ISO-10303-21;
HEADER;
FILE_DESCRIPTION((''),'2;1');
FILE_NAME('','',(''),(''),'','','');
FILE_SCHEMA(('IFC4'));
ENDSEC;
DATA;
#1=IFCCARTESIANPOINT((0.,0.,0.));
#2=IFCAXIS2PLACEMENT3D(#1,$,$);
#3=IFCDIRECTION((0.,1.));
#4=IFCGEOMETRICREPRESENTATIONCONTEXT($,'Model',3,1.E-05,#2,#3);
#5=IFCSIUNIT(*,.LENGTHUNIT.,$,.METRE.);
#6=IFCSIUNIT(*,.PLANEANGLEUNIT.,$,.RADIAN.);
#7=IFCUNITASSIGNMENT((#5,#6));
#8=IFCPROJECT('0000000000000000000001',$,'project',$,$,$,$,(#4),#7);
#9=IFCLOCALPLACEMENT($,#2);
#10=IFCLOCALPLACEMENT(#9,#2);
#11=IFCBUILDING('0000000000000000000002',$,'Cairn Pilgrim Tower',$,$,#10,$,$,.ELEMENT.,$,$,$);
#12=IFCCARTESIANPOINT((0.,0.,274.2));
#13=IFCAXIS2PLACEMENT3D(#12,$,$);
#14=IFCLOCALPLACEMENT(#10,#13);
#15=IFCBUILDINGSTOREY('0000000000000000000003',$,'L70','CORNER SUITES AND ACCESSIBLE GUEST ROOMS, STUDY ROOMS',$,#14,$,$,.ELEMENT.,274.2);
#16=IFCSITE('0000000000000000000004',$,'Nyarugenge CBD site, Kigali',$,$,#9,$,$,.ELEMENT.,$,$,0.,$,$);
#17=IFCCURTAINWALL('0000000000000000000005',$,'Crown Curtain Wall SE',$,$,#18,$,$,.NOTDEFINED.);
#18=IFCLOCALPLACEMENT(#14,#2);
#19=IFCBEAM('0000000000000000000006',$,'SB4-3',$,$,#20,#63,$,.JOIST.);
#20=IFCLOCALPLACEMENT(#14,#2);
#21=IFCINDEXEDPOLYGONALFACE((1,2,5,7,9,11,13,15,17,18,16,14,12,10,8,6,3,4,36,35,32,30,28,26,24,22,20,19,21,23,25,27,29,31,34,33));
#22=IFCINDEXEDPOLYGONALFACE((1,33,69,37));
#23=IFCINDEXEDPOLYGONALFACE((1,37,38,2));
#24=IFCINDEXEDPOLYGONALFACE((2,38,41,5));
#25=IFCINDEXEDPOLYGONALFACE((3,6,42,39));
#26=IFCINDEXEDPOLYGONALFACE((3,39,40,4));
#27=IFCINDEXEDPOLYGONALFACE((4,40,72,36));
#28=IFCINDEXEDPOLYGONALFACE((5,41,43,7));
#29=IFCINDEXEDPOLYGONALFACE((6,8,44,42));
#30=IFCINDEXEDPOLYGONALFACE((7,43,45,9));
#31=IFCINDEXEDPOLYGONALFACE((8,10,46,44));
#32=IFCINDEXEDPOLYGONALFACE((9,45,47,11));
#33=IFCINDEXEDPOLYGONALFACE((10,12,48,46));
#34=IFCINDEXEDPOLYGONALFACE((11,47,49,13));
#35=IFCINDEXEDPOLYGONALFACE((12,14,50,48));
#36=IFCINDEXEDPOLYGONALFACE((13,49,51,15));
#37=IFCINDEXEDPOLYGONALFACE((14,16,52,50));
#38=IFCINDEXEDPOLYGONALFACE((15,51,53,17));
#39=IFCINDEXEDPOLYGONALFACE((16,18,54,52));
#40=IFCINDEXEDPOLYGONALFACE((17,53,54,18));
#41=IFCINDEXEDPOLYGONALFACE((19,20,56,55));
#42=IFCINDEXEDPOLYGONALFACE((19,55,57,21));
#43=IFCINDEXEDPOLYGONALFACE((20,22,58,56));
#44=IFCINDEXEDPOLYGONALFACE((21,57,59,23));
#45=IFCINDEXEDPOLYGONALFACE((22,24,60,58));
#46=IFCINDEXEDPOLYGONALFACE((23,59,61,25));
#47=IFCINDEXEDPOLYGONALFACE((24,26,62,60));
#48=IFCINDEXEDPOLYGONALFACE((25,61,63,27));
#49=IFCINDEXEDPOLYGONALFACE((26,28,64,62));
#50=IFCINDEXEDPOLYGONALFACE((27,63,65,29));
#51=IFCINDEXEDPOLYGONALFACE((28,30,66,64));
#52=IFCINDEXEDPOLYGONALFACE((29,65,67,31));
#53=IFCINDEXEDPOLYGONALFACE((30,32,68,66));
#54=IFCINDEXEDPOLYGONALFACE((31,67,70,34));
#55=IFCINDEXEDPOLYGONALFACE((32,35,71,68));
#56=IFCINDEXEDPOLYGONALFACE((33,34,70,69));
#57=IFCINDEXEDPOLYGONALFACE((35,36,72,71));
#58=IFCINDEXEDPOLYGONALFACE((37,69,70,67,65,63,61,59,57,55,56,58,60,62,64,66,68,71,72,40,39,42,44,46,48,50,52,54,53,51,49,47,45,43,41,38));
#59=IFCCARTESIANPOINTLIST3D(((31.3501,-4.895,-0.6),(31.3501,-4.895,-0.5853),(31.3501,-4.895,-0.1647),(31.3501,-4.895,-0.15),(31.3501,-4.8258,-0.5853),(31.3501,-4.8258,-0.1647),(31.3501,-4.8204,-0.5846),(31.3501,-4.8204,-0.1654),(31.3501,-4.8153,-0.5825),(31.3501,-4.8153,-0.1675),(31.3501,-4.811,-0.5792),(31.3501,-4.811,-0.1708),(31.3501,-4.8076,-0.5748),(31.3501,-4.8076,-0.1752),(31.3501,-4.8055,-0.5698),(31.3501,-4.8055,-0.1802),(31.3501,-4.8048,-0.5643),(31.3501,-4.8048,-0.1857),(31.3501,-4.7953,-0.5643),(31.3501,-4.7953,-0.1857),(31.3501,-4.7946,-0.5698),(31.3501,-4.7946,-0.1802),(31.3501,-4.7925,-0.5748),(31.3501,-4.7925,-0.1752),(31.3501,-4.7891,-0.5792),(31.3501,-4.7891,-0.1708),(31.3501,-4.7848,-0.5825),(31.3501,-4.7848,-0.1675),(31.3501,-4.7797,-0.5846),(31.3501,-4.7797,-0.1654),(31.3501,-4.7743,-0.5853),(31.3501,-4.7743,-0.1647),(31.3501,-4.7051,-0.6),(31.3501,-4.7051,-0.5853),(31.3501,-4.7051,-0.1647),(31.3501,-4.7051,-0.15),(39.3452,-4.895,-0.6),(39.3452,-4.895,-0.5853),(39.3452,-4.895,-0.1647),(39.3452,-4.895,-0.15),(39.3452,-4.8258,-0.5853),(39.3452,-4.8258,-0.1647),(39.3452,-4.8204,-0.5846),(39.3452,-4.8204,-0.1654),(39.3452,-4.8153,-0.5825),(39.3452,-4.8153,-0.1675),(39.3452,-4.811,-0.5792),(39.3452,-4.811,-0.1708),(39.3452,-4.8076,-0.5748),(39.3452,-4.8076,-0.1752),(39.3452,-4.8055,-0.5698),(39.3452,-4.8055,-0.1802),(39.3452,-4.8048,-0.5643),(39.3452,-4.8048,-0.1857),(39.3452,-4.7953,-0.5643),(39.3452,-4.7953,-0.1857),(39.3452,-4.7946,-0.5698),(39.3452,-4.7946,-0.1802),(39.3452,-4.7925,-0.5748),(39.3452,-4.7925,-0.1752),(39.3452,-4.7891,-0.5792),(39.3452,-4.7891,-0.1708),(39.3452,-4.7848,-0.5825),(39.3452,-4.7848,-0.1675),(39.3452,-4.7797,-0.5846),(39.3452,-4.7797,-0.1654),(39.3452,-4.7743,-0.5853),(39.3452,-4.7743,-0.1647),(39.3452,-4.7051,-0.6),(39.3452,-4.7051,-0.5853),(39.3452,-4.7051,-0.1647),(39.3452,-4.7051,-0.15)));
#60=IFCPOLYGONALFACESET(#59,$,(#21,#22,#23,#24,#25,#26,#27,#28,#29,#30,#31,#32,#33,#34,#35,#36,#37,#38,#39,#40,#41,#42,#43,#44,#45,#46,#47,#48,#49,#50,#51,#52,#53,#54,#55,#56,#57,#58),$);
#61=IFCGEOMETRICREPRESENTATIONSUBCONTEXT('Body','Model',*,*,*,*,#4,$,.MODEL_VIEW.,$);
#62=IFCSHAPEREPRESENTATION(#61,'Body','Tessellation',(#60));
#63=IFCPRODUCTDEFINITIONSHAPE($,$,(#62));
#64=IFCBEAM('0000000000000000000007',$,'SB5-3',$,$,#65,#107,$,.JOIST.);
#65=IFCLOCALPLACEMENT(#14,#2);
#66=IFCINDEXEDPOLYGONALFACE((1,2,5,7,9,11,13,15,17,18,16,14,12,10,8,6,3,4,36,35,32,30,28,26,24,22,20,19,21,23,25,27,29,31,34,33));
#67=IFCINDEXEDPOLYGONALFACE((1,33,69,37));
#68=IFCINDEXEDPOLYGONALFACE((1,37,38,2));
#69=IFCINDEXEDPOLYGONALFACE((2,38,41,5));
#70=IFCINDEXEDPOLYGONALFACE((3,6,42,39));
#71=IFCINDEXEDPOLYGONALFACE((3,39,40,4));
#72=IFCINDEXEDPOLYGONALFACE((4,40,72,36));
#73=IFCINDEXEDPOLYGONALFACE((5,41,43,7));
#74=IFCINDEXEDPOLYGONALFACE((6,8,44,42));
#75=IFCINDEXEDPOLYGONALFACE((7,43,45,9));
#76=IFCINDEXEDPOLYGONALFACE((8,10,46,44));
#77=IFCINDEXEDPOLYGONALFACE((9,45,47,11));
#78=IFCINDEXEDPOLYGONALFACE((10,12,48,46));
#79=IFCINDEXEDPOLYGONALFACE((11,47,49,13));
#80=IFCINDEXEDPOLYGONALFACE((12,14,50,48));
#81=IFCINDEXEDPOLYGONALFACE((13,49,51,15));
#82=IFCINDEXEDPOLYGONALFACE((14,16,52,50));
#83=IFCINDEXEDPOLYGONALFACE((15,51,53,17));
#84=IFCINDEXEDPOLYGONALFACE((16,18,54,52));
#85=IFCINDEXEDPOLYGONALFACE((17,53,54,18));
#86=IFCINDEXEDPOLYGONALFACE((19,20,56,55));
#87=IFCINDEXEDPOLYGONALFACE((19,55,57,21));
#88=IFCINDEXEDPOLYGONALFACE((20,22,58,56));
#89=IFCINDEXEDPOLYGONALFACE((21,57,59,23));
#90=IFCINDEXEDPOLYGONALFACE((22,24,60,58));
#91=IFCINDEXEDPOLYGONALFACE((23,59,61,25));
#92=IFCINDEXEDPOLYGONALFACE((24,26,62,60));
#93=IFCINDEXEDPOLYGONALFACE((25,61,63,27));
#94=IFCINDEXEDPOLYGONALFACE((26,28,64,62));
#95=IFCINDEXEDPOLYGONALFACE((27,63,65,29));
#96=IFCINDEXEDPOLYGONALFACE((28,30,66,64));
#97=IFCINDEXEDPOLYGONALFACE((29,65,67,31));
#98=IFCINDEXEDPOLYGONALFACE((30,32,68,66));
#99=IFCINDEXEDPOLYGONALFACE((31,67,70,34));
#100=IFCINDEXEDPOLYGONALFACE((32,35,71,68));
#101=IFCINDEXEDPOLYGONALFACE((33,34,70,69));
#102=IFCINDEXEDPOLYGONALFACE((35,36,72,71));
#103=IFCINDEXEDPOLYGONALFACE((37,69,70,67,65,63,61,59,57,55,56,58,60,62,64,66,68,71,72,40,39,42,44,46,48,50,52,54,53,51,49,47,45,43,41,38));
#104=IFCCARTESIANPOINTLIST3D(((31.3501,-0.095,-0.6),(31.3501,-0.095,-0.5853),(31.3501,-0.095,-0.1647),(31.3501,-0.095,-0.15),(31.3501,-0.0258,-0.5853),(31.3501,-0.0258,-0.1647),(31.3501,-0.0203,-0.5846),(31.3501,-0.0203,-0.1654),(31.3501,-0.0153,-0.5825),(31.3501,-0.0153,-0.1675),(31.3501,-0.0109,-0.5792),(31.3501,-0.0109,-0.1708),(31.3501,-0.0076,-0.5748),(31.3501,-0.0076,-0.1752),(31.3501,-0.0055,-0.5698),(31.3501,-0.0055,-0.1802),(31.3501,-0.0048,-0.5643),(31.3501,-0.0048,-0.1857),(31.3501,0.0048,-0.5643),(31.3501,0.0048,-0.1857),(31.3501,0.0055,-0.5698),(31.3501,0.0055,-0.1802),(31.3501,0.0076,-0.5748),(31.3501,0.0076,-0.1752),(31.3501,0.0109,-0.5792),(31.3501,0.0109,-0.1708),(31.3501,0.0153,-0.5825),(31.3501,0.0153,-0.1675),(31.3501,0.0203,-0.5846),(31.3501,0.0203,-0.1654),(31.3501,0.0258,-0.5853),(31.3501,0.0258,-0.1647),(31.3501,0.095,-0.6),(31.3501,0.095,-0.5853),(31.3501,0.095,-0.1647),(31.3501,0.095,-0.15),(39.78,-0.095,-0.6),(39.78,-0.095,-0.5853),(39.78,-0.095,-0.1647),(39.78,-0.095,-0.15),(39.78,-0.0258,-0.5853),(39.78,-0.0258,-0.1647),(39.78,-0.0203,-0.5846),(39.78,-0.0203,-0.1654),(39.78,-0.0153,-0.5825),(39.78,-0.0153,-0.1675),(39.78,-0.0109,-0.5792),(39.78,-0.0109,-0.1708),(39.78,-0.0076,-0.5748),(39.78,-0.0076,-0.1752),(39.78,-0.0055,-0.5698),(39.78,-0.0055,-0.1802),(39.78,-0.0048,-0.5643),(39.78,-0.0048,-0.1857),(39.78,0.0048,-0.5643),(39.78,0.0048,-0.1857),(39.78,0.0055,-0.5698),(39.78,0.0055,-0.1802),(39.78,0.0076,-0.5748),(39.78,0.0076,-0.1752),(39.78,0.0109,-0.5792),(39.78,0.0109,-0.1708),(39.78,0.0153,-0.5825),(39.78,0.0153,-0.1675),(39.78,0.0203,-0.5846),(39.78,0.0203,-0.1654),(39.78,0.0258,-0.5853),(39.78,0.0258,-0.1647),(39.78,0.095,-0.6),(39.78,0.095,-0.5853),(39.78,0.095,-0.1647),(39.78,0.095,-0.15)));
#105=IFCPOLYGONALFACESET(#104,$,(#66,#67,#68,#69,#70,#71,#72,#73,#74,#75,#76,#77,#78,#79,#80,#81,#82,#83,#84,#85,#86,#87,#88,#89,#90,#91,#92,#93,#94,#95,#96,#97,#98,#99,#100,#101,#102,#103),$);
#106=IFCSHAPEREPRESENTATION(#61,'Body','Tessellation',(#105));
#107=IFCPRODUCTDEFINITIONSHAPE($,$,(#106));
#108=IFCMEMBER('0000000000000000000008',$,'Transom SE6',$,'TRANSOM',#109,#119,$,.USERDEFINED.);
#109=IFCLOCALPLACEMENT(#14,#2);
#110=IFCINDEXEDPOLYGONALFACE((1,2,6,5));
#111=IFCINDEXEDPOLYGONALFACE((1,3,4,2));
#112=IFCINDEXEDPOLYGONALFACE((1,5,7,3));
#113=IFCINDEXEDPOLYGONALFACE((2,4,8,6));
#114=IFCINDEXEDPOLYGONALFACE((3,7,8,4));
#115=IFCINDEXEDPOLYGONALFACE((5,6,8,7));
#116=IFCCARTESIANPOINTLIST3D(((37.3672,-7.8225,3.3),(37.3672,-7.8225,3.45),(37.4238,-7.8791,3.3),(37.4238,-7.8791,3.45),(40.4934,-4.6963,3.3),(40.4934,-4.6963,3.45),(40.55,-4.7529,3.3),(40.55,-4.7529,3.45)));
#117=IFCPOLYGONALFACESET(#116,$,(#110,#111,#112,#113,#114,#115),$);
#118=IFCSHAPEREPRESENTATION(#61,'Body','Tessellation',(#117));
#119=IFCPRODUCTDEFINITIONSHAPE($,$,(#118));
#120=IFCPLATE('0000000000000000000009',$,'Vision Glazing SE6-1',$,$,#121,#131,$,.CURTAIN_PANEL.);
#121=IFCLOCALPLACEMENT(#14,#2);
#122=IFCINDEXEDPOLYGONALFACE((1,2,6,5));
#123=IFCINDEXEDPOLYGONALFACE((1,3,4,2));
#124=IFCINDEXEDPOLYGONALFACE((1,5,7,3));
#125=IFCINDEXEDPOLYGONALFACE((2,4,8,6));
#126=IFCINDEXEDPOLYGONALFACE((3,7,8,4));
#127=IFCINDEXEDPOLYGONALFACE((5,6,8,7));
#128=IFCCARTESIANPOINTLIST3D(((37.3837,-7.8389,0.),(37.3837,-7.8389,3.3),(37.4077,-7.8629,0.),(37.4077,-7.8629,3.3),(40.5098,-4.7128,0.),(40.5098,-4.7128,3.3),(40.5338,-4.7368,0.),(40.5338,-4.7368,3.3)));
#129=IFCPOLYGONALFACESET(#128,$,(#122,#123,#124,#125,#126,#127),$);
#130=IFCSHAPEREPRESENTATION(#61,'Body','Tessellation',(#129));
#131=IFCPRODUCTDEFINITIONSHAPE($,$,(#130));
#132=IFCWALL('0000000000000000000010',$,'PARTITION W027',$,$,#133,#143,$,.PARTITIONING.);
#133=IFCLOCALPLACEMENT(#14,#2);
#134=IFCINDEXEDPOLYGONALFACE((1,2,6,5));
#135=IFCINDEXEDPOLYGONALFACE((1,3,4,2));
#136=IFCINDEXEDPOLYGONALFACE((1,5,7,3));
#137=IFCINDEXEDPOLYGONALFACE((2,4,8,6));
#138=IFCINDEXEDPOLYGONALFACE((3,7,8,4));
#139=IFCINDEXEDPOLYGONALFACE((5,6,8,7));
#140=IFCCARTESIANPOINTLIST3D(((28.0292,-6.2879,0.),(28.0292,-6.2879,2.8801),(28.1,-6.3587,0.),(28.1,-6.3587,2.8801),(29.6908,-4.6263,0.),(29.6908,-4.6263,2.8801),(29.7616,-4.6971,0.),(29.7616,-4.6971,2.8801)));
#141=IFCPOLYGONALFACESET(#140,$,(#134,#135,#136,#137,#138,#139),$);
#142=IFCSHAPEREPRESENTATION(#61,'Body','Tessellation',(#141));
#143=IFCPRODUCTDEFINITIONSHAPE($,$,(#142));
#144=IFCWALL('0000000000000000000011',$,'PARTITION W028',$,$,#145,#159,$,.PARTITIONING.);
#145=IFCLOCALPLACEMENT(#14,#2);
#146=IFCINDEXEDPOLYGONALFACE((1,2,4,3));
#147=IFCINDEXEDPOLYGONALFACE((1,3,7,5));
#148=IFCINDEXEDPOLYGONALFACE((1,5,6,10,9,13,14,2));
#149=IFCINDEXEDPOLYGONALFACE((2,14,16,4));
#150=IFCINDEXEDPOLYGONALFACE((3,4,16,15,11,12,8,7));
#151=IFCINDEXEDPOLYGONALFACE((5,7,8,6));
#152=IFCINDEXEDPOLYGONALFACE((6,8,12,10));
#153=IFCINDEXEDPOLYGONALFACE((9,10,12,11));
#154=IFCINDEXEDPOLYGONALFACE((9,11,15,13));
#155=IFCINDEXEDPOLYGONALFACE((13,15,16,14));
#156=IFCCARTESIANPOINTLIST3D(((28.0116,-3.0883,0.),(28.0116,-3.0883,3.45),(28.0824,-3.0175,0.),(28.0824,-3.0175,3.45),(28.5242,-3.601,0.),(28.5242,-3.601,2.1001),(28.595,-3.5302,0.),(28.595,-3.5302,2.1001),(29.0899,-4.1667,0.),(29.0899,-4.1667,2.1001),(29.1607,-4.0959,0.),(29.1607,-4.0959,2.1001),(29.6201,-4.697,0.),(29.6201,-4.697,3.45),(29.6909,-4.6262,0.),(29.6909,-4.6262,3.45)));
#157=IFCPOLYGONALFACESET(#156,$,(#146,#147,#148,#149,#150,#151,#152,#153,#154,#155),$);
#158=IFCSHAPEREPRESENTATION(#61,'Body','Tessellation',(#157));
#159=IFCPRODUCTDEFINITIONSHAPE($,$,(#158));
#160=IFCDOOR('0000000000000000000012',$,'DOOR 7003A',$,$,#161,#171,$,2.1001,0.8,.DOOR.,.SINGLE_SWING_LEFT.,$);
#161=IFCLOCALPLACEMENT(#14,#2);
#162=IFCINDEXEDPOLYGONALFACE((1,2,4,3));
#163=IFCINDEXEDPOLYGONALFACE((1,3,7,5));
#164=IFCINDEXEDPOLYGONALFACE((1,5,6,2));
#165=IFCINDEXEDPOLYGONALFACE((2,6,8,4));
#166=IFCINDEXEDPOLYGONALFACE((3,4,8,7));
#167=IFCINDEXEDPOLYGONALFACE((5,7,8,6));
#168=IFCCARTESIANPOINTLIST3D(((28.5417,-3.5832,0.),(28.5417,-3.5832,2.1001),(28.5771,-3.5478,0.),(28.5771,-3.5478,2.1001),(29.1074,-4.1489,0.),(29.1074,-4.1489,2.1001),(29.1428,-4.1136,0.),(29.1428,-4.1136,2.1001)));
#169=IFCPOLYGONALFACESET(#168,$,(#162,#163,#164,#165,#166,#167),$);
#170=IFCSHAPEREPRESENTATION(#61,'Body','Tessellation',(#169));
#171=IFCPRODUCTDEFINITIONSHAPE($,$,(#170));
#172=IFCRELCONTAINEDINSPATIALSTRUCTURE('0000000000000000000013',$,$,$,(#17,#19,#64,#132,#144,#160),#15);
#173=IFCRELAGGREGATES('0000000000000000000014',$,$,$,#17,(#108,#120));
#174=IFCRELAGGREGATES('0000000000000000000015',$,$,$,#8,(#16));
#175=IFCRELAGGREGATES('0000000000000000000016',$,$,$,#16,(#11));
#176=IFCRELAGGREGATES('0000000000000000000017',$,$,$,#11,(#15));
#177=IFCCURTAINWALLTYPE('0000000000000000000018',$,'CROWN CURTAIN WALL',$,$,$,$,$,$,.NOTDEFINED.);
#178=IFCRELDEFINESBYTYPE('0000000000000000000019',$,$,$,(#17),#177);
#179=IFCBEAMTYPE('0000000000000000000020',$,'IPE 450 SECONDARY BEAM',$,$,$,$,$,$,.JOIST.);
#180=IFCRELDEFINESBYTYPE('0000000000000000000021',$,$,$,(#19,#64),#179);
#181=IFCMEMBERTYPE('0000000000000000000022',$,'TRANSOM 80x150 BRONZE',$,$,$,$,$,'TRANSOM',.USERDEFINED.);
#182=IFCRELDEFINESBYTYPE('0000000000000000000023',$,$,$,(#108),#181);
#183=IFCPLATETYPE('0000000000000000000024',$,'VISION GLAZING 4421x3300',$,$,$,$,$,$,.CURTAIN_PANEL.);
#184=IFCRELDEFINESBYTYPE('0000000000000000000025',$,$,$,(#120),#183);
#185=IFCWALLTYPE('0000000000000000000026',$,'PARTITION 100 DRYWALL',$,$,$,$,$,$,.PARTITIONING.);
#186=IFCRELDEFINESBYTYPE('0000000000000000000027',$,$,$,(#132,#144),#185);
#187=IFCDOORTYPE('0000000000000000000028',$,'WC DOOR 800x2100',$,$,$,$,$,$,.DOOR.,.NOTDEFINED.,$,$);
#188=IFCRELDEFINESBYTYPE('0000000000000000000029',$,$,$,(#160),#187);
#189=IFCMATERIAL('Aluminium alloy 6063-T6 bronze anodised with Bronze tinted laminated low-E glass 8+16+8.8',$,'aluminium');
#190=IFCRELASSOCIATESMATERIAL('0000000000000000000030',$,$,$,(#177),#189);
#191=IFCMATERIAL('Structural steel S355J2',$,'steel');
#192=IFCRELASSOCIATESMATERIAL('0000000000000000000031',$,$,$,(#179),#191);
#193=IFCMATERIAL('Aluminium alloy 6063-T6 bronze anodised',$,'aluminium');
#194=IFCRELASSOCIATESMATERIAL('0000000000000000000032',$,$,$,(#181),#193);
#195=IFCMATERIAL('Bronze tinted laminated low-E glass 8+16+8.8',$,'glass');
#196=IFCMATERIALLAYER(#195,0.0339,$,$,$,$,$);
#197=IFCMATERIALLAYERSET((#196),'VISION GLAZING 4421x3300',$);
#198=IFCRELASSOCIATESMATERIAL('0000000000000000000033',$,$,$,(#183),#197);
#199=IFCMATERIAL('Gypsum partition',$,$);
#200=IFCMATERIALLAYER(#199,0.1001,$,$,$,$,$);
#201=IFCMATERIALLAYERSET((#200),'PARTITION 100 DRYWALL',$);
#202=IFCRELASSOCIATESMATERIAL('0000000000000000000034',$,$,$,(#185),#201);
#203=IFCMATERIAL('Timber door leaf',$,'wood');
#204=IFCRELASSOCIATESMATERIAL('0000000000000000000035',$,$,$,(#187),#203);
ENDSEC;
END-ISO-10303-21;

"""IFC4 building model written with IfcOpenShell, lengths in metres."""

from ifc_helpers import new_model, si_unit, direction, frame, frame_2d, origin, origin_2d, place, context, subcontext, project, spatial, rectangle, i_section, extrude, material, layer, layer_set, material_profile, profile_set, type_object, element, fill, aggregate, save


model = new_model("IFC4")

# Units and contexts
model_context = context("Model", 3, precision=1e-05, world=origin(), true_north=direction((0.0, 1.0)))
body_context = subcontext(model_context, "Body", "Model", "MODEL_VIEW")
ifc_project = project(units=[si_unit("LENGTHUNIT", "METRE"), si_unit("PLANEANGLEUNIT", "RADIAN")], contexts=[model_context])

# Site, building, storey
site_placement = place(None, origin())
site = spatial("IfcSite", under=ifc_project, at=site_placement, Name="Nyarugenge CBD site, Kigali", CompositionType="ELEMENT", RefElevation=0.0)
building_placement = place(site_placement, origin())
building = spatial("IfcBuilding", under=site, at=building_placement, Name="Cairn Pilgrim Tower", CompositionType="ELEMENT")
storey_placement = place(building_placement, frame((0.0, 0.0, 274.2)))
storey = spatial("IfcBuildingStorey", under=building, at=storey_placement, Name="L70", Description="CORNER SUITES AND ACCESSIBLE GUEST ROOMS, STUDY ROOMS", CompositionType="ELEMENT", Elevation=274.2)

# Shared definitions
ifc_material_1 = material(Name="Structural steel S355J2", Category="steel")

# Curtain wall
ifc_material_2 = material(Name="Aluminium alloy 6063-T6 bronze anodised with Bronze tinted laminated low-E glass 8+16+8.8", Category="aluminium")
curtain_wall_type = type_object("IfcCurtainWallType", Name="CROWN CURTAIN WALL", PredefinedType="NOTDEFINED", material=ifc_material_2)
curtain_wall_1_placement = place(storey_placement, origin())
curtain_wall_1 = element("IfcCurtainWall", 1, at=curtain_wall_1_placement, inside=storey, type_object=curtain_wall_type, Name="Crown Curtain Wall SE", PredefinedType="NOTDEFINED")
ifc_material_3 = material(Name="Aluminium alloy 6063-T6 bronze anodised", Category="aluminium")

# Beams
ifc_material_profile_1 = material_profile(ifc_material_1, i_section(OverallWidth=0.1899, OverallDepth=0.45, WebThickness=0.0095, FlangeThickness=0.0146, FilletRadius=0.021, at=origin_2d()), Name="IPE 450")
ifc_profile_set_1 = profile_set([ifc_material_profile_1], Name="Structural steel S355J2")
beam_type_1 = type_object("IfcBeamType", Name="IPE 450 SECONDARY BEAM", PredefinedType="JOIST", material=ifc_profile_set_1)
beam_1_placement = place(storey_placement, frame((31.3501, -4.8, -0.375), z_axis=(1.0, 0.0, 0.0), x_axis=(0.0, 1.0, 0.0)))
element("IfcBeam", 2, at=beam_1_placement, inside=storey, type_object=beam_type_1, Name="SB4-3", PredefinedType="JOIST", context=body_context, shape_type="SweptSolid", body=[
    extrude(i_section(OverallWidth=0.1899, OverallDepth=0.45, WebThickness=0.0095, FlangeThickness=0.0146, FilletRadius=0.021, at=origin_2d()), origin(), (0.0, 0.0, 1.0), 7.9951),
])
beam_2_placement = place(storey_placement, frame((31.3501, 0.0, -0.375), z_axis=(1.0, 0.0, 0.0), x_axis=(0.0, 1.0, 0.0)))
element("IfcBeam", 3, at=beam_2_placement, inside=storey, type_object=beam_type_1, Name="SB5-3", PredefinedType="JOIST", context=body_context, shape_type="SweptSolid", body=[
    extrude(i_section(OverallWidth=0.1899, OverallDepth=0.45, WebThickness=0.0095, FlangeThickness=0.0146, FilletRadius=0.021, at=origin_2d()), origin(), (0.0, 0.0, 1.0), 8.4299),
])

# Member
ifc_material_profile_2 = material_profile(ifc_material_3, rectangle(XDim=0.0801, YDim=0.1499, at=origin_2d()), Name="TRANSOM 80x150 BRONZE")
ifc_profile_set_2 = profile_set([ifc_material_profile_2], Name="Aluminium alloy 6063-T6 bronze anodised")
member_type_1 = type_object("IfcMemberType", Name="TRANSOM 80x150 BRONZE", ElementType="TRANSOM", PredefinedType="USERDEFINED", material=ifc_profile_set_2)
member_1_placement = place(storey_placement, frame((37.3955, -7.8508, 3.375), z_axis=(0.707107, 0.707107, 0.0), x_axis=(-0.707107, 0.707107, 0.0)))
member_1 = element("IfcMember", 4, at=member_1_placement, type_object=member_type_1, Name="Transom SE6", ObjectType="TRANSOM", PredefinedType="USERDEFINED", context=body_context, shape_type="SweptSolid", body=[
    extrude(rectangle(XDim=0.0801, YDim=0.1499, at=origin_2d()), origin(), (0.0, 0.0, 1.0), 4.4211),
])

# Plate
ifc_material_4 = material(Name="Bronze tinted laminated low-E glass 8+16+8.8", Category="glass")
ifc_layer_1 = layer(ifc_material_4, 0.0339)
ifc_layer_set_1 = layer_set([ifc_layer_1], Name="VISION GLAZING 4421x3300")
plate_type = type_object("IfcPlateType", Name="VISION GLAZING 4421x3300", PredefinedType="CURTAIN_PANEL", material=ifc_layer_set_1)
plate_placement = place(storey_placement, frame((38.9587, -6.2878, 0.0), z_axis=(0.0, 0.0, 1.0), x_axis=(0.707107, 0.707107, 0.0)))
plate = element("IfcPlate", 5, at=plate_placement, type_object=plate_type, Name="Vision Glazing SE6-1", PredefinedType="CURTAIN_PANEL", context=body_context, shape_type="SweptSolid", body=[
    extrude(rectangle(XDim=4.4209, YDim=0.0339, at=origin_2d()), origin(), (0.0, 0.0, 1.0), 3.3),
])
aggregate(curtain_wall_1, [member_1, plate])

# Wall
ifc_material_5 = material(Name="Gypsum partition")
ifc_layer_2 = layer(ifc_material_5, 0.1001)
ifc_layer_set_2 = layer_set([ifc_layer_2], Name="PARTITION 100 DRYWALL")
wall_type_1 = type_object("IfcWallType", Name="PARTITION 100 DRYWALL", PredefinedType="PARTITIONING", material=ifc_layer_set_2)
wall_1_placement = place(storey_placement, frame((28.0647, -6.3232, 0.0), z_axis=(0.0, 0.0, 1.0), x_axis=(0.707107, 0.707107, 0.0)))
element("IfcWall", 6, at=wall_1_placement, inside=storey, type_object=wall_type_1, Name="PARTITION W027", PredefinedType="PARTITIONING", context=body_context, shape_type="SweptSolid", body=[
    extrude(rectangle(XDim=2.3499, YDim=0.1001, at=frame_2d((1.1748, 0.0))), origin(), (0.0, 0.0, 1.0), 2.8801),
])

# Wall, opening, door
wall_2_placement = place(storey_placement, frame((29.6555, -4.6616, 0.0), z_axis=(0.0, 0.0, 1.0), x_axis=(-0.707053, 0.70716, 0.0)))
wall_2 = element("IfcWall", 7, at=wall_2_placement, inside=storey, type_object=wall_type_1, Name="PARTITION W028", PredefinedType="PARTITIONING", context=body_context, shape_type="SweptSolid", body=[
    extrude(rectangle(XDim=2.2749, YDim=0.1001, at=frame_2d((1.1375, 0.0))), origin(), (0.0, 0.0, 1.0), 3.45),
])
opening_1_placement = place(wall_2_placement, frame((0.75, 0.0, 0.0)))
opening_1 = element("IfcOpeningElement", 8, at=opening_1_placement, cuts=wall_2, PredefinedType="OPENING", context=body_context, shape_type="SweptSolid", body=[
    extrude(rectangle(XDim=0.8, YDim=2.1001, at=frame_2d((0.3999, 1.05))), frame((0.0, 0.0601, 0.0), z_axis=(0.0, -1.0, 0.0), x_axis=(1.0, 0.0, 0.0)), (0.0, 0.0, 1.0), 0.1201),
])
ifc_material_6 = material(Name="Timber door leaf", Category="wood")
door_type_1 = type_object("IfcDoorType", Name="WC DOOR 800x2100", OperationType="NOTDEFINED", PredefinedType="DOOR", material=ifc_material_6)
door_1_placement = place(opening_1_placement, frame((0.8, 0.0, 0.0), z_axis=(0.0, 0.0, 1.0), x_axis=(-1.0, 0.0, 0.0)))
door_1 = element("IfcDoor", 9, at=door_1_placement, inside=storey, type_object=door_type_1, Name="DOOR 7003A", OperationType="SINGLE_SWING_LEFT", OverallHeight=2.1001, OverallWidth=0.8, PredefinedType="DOOR", context=body_context, shape_type="SweptSolid", body=[
    extrude(rectangle(XDim=0.8, YDim=2.1001, at=frame_2d((0.3999, 1.05))), frame((0.0, 0.0249, 0.0), z_axis=(0.0, -1.0, 0.0), x_axis=(1.0, 0.0, 0.0)), (0.0, 0.0, 1.0), 0.05),
])
fill(opening_1, door_1)

save(model, "model.ifc")
